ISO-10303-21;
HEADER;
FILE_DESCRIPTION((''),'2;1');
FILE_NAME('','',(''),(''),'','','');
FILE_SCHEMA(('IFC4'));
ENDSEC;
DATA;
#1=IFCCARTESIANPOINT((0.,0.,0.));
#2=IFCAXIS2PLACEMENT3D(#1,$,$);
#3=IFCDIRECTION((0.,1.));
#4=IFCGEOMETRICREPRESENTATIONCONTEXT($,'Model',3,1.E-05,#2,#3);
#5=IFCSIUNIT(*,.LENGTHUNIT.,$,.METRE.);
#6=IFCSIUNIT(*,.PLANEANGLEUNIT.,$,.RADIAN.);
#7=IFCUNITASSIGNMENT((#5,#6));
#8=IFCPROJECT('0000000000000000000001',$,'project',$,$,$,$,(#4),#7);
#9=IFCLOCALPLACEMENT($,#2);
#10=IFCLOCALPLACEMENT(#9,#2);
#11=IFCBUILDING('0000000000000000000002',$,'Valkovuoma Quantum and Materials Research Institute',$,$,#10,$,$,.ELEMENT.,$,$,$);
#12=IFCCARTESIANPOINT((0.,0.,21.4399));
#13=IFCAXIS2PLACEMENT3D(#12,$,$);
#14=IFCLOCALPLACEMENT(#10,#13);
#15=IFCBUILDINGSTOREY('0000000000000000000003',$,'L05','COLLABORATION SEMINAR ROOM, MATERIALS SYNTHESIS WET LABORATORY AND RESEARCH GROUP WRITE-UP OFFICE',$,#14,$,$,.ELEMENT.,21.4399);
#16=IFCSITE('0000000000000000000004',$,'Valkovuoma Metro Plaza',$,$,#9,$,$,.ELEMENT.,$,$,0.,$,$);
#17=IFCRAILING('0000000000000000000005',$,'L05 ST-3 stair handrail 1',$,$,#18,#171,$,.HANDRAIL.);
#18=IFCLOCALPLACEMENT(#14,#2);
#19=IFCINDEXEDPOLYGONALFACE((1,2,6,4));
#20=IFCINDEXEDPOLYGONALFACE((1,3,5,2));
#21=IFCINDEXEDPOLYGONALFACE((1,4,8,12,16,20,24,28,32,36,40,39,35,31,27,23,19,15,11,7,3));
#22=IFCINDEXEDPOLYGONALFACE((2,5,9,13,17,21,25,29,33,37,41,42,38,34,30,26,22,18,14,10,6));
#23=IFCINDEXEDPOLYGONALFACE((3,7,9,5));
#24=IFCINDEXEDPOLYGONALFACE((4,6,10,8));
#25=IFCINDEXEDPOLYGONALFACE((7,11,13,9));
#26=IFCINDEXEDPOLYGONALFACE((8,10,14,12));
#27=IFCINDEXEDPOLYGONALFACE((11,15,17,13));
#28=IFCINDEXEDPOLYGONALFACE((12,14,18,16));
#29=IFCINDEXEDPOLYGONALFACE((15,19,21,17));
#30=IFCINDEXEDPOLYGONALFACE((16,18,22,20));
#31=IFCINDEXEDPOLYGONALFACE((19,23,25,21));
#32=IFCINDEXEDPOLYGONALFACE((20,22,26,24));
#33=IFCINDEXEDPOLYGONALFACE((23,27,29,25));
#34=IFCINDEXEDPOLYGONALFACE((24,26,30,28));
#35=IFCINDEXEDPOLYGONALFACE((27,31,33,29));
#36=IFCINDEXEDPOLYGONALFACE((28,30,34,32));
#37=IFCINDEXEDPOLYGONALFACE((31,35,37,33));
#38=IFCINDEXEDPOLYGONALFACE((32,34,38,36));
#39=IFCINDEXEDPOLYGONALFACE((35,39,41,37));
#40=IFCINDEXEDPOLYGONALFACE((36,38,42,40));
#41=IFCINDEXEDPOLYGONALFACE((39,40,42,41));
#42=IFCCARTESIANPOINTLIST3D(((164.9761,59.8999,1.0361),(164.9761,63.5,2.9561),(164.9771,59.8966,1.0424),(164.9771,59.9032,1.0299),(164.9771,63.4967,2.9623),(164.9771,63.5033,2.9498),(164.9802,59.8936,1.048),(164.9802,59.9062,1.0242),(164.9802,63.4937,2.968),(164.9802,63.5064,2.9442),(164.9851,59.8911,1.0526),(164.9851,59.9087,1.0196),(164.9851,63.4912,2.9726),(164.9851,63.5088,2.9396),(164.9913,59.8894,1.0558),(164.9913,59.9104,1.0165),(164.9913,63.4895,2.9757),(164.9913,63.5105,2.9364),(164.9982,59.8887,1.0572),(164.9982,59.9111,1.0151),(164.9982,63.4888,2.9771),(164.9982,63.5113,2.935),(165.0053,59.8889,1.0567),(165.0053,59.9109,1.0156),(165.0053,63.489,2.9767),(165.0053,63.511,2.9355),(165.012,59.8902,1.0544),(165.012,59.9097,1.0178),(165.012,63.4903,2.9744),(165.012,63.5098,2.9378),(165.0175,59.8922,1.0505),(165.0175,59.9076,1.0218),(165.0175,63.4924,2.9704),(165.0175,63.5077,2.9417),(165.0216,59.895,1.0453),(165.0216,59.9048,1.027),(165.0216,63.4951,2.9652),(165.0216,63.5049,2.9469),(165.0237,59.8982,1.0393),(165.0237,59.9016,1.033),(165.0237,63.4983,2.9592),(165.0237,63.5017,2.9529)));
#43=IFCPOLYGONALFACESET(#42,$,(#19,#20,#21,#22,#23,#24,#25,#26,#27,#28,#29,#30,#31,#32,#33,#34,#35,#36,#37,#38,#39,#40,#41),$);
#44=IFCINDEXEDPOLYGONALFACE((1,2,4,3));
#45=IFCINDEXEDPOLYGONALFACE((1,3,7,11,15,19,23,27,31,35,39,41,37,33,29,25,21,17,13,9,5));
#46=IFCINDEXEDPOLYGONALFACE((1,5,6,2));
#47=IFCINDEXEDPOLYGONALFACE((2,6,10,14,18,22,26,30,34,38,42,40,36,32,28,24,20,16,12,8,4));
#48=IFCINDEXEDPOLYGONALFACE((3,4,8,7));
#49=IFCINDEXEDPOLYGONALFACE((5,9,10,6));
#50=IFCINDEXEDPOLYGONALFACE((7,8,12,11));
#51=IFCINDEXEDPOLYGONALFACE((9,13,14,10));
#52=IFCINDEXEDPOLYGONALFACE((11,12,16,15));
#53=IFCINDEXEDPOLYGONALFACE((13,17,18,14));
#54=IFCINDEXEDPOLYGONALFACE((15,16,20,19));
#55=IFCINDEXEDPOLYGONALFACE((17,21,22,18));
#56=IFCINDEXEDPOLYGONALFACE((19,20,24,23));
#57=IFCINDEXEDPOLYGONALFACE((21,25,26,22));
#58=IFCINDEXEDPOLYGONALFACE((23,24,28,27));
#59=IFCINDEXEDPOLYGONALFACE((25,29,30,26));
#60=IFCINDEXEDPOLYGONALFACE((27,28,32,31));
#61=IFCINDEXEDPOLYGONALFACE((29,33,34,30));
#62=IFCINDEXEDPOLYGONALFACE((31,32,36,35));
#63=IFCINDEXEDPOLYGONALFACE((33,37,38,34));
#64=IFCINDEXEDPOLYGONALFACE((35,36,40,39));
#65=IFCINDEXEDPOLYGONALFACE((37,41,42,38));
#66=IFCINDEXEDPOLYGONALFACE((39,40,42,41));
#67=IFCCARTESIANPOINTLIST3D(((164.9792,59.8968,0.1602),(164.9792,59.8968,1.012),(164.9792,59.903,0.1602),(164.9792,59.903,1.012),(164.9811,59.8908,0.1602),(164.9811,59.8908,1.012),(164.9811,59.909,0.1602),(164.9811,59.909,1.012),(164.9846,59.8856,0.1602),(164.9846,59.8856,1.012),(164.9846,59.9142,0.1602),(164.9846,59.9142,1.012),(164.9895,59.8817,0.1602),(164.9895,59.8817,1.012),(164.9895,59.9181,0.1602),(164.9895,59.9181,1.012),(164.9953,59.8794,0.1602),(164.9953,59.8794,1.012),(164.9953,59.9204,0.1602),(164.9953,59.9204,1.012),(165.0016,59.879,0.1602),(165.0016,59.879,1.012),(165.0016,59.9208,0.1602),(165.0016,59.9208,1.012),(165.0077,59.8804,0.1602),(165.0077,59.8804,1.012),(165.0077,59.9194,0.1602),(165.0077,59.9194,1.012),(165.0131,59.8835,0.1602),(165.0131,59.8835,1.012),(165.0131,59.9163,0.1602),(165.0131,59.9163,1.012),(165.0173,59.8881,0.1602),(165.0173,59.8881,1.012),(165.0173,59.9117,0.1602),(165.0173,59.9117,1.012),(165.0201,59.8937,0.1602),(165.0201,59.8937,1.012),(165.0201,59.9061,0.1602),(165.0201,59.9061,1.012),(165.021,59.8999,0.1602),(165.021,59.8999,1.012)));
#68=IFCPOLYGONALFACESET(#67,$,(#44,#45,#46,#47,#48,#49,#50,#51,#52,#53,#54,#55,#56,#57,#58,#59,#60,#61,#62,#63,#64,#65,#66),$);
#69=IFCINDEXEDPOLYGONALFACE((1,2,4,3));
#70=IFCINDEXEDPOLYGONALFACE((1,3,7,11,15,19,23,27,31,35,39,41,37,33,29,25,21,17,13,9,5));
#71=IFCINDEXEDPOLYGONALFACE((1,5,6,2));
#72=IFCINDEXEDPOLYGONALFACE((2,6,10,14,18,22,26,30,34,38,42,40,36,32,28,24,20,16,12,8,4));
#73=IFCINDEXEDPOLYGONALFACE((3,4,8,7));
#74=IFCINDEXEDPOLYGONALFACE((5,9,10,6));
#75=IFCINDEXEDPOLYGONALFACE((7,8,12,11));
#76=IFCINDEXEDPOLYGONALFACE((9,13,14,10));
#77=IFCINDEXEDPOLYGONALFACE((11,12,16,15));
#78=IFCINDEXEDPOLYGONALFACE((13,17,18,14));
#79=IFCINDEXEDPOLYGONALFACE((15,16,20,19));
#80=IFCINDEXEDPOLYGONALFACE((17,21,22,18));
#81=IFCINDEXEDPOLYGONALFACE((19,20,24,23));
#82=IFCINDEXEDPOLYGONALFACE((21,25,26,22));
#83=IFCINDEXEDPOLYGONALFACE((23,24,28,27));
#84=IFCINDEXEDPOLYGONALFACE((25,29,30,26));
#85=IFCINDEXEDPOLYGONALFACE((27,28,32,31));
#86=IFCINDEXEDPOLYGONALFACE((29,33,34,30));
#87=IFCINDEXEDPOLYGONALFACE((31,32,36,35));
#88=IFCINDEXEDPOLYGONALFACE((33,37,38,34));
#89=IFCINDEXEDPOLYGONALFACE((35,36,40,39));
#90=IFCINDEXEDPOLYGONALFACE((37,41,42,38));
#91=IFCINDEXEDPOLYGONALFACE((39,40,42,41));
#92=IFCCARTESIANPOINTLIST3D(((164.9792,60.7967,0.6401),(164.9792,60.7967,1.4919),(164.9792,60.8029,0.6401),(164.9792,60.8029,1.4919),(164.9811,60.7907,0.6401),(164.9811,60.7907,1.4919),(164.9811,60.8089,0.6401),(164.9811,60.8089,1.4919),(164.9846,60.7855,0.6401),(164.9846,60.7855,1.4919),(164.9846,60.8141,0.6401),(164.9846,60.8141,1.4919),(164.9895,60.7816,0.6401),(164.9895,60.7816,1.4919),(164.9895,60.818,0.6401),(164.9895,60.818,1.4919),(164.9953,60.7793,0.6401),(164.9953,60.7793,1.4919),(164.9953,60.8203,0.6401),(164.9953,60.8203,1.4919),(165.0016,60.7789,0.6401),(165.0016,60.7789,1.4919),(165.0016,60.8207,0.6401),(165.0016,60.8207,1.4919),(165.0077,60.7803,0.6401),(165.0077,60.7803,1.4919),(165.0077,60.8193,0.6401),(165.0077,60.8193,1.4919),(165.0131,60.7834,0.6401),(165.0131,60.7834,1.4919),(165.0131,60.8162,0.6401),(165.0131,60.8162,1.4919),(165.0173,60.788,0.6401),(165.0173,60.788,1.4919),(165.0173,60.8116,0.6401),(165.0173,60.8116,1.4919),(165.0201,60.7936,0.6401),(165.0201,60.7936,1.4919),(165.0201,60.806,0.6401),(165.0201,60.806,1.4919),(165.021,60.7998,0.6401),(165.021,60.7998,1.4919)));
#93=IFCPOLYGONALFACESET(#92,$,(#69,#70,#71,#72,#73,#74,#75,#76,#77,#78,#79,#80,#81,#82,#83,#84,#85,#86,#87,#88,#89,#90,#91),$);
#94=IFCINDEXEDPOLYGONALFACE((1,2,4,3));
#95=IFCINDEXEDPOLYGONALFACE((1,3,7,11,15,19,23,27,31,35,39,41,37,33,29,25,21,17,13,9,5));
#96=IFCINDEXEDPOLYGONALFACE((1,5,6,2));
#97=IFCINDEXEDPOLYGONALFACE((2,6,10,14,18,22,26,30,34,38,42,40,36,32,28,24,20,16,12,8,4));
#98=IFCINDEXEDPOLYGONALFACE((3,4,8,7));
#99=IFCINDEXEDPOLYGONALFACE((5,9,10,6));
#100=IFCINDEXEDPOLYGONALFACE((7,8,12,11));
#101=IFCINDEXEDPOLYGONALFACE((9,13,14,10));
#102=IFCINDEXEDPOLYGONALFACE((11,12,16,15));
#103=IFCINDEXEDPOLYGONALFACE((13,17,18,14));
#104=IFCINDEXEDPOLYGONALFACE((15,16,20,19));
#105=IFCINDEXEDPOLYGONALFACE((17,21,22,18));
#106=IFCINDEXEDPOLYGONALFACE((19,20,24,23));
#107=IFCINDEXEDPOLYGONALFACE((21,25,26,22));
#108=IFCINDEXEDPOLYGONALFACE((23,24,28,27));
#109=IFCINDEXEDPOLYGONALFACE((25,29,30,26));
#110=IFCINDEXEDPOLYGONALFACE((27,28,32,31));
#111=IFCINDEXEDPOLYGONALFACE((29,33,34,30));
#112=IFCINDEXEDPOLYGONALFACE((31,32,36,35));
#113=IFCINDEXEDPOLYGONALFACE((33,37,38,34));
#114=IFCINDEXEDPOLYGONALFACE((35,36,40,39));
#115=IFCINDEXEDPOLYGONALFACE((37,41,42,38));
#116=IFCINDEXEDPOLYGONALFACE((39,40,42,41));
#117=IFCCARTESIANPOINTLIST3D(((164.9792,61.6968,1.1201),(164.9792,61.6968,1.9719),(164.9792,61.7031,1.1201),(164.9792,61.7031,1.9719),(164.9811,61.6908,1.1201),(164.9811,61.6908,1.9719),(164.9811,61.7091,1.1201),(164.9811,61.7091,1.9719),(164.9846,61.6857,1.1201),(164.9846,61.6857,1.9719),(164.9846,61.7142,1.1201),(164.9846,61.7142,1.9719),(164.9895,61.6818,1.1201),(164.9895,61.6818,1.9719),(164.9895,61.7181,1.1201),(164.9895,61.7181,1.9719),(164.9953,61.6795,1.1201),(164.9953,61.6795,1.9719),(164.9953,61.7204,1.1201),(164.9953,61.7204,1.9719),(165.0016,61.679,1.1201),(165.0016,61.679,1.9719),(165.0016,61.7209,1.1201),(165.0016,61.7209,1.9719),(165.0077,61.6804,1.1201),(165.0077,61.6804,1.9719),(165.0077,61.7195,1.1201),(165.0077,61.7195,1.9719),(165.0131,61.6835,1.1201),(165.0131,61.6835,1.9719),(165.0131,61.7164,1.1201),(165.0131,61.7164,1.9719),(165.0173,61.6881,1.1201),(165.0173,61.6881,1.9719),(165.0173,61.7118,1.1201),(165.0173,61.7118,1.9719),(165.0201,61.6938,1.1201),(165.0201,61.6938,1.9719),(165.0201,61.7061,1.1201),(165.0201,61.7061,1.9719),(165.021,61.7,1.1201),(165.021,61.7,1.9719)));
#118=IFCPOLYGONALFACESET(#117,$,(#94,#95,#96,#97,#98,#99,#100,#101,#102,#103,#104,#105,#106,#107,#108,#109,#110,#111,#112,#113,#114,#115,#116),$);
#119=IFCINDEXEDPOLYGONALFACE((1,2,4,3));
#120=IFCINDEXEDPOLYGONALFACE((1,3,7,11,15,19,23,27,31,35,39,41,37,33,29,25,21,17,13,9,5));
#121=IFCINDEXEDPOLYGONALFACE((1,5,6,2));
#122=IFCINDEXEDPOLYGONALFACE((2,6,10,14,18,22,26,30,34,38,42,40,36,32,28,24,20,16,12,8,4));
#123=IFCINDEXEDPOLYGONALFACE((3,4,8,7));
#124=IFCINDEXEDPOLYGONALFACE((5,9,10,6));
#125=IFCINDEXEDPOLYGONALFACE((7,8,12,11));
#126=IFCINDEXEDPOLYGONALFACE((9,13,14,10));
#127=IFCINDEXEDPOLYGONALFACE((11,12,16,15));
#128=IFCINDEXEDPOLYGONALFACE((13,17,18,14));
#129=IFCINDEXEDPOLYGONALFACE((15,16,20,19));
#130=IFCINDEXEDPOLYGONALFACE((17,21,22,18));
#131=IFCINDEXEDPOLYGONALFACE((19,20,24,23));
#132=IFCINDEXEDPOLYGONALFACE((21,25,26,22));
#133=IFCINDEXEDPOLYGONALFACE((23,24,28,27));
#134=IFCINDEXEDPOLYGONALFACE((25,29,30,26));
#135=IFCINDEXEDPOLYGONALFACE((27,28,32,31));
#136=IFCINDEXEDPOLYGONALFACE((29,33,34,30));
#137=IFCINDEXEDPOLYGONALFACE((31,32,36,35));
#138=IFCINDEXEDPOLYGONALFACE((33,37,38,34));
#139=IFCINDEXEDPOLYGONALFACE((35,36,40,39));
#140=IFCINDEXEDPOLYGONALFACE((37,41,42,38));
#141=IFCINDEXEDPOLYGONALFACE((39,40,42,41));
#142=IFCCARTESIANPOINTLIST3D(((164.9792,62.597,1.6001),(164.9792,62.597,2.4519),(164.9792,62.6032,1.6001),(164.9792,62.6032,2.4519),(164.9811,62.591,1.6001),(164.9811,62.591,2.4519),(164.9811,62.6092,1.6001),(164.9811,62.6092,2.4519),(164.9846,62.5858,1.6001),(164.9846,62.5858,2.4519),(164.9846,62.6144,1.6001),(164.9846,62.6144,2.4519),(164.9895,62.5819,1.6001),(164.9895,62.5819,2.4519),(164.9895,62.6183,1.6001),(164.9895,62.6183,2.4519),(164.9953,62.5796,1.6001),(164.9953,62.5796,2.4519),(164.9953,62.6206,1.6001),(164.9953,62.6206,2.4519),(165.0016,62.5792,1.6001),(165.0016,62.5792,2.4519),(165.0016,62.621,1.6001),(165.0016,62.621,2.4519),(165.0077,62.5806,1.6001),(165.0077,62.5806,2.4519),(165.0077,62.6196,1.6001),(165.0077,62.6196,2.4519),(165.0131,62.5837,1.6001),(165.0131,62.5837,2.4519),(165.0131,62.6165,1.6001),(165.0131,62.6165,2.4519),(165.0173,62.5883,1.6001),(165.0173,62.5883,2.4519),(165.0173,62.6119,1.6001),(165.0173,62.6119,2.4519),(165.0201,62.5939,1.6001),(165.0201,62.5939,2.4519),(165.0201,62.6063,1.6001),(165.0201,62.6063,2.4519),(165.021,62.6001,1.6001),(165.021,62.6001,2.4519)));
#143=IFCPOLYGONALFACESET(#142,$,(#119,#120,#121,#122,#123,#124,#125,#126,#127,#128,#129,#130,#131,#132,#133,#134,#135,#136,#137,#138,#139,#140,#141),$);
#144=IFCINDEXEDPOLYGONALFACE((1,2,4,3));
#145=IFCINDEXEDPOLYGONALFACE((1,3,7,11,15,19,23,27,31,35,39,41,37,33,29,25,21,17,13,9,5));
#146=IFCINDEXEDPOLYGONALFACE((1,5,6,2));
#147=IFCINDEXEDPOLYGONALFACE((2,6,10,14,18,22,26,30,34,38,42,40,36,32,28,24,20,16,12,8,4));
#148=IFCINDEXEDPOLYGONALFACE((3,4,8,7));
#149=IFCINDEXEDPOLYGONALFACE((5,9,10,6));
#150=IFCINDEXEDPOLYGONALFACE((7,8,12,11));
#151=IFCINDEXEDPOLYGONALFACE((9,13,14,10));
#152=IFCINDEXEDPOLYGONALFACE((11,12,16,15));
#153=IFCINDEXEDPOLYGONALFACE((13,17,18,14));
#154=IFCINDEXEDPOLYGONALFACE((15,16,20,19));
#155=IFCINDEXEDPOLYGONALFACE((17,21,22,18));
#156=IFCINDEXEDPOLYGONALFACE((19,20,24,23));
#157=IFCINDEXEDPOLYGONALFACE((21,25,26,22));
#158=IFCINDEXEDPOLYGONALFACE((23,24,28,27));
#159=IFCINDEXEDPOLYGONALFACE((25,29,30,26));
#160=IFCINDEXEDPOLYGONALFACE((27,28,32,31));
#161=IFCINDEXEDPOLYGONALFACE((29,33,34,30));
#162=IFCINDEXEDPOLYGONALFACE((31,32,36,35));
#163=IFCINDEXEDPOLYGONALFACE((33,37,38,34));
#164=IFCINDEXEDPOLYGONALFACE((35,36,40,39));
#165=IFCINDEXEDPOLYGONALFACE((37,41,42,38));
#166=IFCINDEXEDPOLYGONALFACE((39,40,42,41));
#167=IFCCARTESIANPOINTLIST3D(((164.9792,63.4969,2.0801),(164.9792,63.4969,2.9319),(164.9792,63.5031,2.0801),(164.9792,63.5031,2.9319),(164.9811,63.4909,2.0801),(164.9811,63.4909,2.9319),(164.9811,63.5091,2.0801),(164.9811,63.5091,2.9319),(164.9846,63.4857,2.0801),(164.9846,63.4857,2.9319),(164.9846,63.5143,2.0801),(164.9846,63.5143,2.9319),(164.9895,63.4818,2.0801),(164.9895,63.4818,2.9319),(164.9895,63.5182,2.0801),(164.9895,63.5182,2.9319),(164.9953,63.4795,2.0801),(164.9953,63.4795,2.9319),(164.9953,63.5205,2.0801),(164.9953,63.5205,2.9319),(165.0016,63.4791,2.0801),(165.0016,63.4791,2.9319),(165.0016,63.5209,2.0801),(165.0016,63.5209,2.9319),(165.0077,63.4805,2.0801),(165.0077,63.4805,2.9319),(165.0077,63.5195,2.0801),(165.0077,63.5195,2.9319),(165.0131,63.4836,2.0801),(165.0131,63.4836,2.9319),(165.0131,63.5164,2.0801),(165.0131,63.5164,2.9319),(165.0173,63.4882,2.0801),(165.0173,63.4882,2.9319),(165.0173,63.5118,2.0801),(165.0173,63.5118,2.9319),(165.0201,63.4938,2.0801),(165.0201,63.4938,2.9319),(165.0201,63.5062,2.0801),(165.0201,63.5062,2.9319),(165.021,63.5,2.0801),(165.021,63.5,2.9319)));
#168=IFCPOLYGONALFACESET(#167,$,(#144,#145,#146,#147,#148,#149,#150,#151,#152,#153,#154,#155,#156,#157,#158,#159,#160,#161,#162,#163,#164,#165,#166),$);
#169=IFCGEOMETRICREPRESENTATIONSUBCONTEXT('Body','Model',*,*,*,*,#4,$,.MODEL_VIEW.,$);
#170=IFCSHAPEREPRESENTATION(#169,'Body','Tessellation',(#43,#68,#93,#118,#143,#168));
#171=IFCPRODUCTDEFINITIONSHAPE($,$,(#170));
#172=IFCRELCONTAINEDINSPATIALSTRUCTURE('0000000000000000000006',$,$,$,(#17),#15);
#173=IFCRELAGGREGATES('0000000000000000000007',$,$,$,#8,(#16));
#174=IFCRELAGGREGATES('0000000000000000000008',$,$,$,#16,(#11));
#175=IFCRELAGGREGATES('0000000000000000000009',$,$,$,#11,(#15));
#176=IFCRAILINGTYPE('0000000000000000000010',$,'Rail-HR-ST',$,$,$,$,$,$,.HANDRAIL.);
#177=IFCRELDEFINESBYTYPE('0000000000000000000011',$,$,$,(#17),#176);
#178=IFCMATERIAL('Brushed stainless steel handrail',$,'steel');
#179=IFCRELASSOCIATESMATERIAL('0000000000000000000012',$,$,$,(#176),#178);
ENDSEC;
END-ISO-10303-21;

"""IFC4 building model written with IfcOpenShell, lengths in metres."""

from ifc_helpers import new_model, si_unit, direction, frame, origin, origin_2d, place, context, subcontext, project, spatial, circle, extrude, material, type_object, element, save


model = new_model("IFC4")

# Units and contexts
model_context = context("Model", 3, precision=1e-05, world=origin(), true_north=direction((0.0, 1.0)))
body_context = subcontext(model_context, "Body", "Model", "MODEL_VIEW")
ifc_project = project(units=[si_unit("LENGTHUNIT", "METRE"), si_unit("PLANEANGLEUNIT", "RADIAN")], contexts=[model_context])

# Site, building, storey
site_placement = place(None, origin())
site = spatial("IfcSite", under=ifc_project, at=site_placement, Name="Valkovuoma Metro Plaza", CompositionType="ELEMENT", RefElevation=0.0)
building_placement = place(site_placement, origin())
building = spatial("IfcBuilding", under=site, at=building_placement, Name="Valkovuoma Quantum and Materials Research Institute", CompositionType="ELEMENT")
storey_placement = place(building_placement, frame((0.0, 0.0, 21.4399)))
storey = spatial("IfcBuildingStorey", under=building, at=storey_placement, Name="L05", Description="COLLABORATION SEMINAR ROOM, MATERIALS SYNTHESIS WET LABORATORY AND RESEARCH GROUP WRITE-UP OFFICE", CompositionType="ELEMENT", Elevation=21.4399)

# Railing
ifc_material_1 = material(Name="Brushed stainless steel handrail", Category="steel")
railing_type_1 = type_object("IfcRailingType", Name="Rail-HR-ST", PredefinedType="HANDRAIL", material=ifc_material_1)
railing_1_placement = place(storey_placement, frame((165.0, 59.8999, 0.1602)))
element("IfcRailing", 1, at=railing_1_placement, inside=storey, type_object=railing_type_1, Name="L05 ST-3 stair handrail 1", PredefinedType="HANDRAIL", context=body_context, shape_type="SweptSolid", body=[
    extrude(circle(Radius=0.0239, at=origin_2d()), frame((0.0, 0.0, 0.876), z_axis=(0.0, 0.882366, 0.470563), x_axis=(-1.0, 0.0, 0.0)), (0.0, 0.0, 1.0), 4.0801),
    extrude(circle(Radius=0.021, at=origin_2d()), origin(), (0.0, 0.0, 1.0), 0.8518),
    extrude(circle(Radius=0.021, at=origin_2d()), frame((0.0, 0.8999, 0.48)), (0.0, 0.0, 1.0), 0.8518),
    extrude(circle(Radius=0.021, at=origin_2d()), frame((0.0, 1.8, 0.96)), (0.0, 0.0, 1.0), 0.8518),
    extrude(circle(Radius=0.021, at=origin_2d()), frame((0.0, 2.7002, 1.4399)), (0.0, 0.0, 1.0), 0.8518),
    extrude(circle(Radius=0.021, at=origin_2d()), frame((0.0, 3.6001, 1.9199)), (0.0, 0.0, 1.0), 0.8518),
])

save(model, "model.ifc")
